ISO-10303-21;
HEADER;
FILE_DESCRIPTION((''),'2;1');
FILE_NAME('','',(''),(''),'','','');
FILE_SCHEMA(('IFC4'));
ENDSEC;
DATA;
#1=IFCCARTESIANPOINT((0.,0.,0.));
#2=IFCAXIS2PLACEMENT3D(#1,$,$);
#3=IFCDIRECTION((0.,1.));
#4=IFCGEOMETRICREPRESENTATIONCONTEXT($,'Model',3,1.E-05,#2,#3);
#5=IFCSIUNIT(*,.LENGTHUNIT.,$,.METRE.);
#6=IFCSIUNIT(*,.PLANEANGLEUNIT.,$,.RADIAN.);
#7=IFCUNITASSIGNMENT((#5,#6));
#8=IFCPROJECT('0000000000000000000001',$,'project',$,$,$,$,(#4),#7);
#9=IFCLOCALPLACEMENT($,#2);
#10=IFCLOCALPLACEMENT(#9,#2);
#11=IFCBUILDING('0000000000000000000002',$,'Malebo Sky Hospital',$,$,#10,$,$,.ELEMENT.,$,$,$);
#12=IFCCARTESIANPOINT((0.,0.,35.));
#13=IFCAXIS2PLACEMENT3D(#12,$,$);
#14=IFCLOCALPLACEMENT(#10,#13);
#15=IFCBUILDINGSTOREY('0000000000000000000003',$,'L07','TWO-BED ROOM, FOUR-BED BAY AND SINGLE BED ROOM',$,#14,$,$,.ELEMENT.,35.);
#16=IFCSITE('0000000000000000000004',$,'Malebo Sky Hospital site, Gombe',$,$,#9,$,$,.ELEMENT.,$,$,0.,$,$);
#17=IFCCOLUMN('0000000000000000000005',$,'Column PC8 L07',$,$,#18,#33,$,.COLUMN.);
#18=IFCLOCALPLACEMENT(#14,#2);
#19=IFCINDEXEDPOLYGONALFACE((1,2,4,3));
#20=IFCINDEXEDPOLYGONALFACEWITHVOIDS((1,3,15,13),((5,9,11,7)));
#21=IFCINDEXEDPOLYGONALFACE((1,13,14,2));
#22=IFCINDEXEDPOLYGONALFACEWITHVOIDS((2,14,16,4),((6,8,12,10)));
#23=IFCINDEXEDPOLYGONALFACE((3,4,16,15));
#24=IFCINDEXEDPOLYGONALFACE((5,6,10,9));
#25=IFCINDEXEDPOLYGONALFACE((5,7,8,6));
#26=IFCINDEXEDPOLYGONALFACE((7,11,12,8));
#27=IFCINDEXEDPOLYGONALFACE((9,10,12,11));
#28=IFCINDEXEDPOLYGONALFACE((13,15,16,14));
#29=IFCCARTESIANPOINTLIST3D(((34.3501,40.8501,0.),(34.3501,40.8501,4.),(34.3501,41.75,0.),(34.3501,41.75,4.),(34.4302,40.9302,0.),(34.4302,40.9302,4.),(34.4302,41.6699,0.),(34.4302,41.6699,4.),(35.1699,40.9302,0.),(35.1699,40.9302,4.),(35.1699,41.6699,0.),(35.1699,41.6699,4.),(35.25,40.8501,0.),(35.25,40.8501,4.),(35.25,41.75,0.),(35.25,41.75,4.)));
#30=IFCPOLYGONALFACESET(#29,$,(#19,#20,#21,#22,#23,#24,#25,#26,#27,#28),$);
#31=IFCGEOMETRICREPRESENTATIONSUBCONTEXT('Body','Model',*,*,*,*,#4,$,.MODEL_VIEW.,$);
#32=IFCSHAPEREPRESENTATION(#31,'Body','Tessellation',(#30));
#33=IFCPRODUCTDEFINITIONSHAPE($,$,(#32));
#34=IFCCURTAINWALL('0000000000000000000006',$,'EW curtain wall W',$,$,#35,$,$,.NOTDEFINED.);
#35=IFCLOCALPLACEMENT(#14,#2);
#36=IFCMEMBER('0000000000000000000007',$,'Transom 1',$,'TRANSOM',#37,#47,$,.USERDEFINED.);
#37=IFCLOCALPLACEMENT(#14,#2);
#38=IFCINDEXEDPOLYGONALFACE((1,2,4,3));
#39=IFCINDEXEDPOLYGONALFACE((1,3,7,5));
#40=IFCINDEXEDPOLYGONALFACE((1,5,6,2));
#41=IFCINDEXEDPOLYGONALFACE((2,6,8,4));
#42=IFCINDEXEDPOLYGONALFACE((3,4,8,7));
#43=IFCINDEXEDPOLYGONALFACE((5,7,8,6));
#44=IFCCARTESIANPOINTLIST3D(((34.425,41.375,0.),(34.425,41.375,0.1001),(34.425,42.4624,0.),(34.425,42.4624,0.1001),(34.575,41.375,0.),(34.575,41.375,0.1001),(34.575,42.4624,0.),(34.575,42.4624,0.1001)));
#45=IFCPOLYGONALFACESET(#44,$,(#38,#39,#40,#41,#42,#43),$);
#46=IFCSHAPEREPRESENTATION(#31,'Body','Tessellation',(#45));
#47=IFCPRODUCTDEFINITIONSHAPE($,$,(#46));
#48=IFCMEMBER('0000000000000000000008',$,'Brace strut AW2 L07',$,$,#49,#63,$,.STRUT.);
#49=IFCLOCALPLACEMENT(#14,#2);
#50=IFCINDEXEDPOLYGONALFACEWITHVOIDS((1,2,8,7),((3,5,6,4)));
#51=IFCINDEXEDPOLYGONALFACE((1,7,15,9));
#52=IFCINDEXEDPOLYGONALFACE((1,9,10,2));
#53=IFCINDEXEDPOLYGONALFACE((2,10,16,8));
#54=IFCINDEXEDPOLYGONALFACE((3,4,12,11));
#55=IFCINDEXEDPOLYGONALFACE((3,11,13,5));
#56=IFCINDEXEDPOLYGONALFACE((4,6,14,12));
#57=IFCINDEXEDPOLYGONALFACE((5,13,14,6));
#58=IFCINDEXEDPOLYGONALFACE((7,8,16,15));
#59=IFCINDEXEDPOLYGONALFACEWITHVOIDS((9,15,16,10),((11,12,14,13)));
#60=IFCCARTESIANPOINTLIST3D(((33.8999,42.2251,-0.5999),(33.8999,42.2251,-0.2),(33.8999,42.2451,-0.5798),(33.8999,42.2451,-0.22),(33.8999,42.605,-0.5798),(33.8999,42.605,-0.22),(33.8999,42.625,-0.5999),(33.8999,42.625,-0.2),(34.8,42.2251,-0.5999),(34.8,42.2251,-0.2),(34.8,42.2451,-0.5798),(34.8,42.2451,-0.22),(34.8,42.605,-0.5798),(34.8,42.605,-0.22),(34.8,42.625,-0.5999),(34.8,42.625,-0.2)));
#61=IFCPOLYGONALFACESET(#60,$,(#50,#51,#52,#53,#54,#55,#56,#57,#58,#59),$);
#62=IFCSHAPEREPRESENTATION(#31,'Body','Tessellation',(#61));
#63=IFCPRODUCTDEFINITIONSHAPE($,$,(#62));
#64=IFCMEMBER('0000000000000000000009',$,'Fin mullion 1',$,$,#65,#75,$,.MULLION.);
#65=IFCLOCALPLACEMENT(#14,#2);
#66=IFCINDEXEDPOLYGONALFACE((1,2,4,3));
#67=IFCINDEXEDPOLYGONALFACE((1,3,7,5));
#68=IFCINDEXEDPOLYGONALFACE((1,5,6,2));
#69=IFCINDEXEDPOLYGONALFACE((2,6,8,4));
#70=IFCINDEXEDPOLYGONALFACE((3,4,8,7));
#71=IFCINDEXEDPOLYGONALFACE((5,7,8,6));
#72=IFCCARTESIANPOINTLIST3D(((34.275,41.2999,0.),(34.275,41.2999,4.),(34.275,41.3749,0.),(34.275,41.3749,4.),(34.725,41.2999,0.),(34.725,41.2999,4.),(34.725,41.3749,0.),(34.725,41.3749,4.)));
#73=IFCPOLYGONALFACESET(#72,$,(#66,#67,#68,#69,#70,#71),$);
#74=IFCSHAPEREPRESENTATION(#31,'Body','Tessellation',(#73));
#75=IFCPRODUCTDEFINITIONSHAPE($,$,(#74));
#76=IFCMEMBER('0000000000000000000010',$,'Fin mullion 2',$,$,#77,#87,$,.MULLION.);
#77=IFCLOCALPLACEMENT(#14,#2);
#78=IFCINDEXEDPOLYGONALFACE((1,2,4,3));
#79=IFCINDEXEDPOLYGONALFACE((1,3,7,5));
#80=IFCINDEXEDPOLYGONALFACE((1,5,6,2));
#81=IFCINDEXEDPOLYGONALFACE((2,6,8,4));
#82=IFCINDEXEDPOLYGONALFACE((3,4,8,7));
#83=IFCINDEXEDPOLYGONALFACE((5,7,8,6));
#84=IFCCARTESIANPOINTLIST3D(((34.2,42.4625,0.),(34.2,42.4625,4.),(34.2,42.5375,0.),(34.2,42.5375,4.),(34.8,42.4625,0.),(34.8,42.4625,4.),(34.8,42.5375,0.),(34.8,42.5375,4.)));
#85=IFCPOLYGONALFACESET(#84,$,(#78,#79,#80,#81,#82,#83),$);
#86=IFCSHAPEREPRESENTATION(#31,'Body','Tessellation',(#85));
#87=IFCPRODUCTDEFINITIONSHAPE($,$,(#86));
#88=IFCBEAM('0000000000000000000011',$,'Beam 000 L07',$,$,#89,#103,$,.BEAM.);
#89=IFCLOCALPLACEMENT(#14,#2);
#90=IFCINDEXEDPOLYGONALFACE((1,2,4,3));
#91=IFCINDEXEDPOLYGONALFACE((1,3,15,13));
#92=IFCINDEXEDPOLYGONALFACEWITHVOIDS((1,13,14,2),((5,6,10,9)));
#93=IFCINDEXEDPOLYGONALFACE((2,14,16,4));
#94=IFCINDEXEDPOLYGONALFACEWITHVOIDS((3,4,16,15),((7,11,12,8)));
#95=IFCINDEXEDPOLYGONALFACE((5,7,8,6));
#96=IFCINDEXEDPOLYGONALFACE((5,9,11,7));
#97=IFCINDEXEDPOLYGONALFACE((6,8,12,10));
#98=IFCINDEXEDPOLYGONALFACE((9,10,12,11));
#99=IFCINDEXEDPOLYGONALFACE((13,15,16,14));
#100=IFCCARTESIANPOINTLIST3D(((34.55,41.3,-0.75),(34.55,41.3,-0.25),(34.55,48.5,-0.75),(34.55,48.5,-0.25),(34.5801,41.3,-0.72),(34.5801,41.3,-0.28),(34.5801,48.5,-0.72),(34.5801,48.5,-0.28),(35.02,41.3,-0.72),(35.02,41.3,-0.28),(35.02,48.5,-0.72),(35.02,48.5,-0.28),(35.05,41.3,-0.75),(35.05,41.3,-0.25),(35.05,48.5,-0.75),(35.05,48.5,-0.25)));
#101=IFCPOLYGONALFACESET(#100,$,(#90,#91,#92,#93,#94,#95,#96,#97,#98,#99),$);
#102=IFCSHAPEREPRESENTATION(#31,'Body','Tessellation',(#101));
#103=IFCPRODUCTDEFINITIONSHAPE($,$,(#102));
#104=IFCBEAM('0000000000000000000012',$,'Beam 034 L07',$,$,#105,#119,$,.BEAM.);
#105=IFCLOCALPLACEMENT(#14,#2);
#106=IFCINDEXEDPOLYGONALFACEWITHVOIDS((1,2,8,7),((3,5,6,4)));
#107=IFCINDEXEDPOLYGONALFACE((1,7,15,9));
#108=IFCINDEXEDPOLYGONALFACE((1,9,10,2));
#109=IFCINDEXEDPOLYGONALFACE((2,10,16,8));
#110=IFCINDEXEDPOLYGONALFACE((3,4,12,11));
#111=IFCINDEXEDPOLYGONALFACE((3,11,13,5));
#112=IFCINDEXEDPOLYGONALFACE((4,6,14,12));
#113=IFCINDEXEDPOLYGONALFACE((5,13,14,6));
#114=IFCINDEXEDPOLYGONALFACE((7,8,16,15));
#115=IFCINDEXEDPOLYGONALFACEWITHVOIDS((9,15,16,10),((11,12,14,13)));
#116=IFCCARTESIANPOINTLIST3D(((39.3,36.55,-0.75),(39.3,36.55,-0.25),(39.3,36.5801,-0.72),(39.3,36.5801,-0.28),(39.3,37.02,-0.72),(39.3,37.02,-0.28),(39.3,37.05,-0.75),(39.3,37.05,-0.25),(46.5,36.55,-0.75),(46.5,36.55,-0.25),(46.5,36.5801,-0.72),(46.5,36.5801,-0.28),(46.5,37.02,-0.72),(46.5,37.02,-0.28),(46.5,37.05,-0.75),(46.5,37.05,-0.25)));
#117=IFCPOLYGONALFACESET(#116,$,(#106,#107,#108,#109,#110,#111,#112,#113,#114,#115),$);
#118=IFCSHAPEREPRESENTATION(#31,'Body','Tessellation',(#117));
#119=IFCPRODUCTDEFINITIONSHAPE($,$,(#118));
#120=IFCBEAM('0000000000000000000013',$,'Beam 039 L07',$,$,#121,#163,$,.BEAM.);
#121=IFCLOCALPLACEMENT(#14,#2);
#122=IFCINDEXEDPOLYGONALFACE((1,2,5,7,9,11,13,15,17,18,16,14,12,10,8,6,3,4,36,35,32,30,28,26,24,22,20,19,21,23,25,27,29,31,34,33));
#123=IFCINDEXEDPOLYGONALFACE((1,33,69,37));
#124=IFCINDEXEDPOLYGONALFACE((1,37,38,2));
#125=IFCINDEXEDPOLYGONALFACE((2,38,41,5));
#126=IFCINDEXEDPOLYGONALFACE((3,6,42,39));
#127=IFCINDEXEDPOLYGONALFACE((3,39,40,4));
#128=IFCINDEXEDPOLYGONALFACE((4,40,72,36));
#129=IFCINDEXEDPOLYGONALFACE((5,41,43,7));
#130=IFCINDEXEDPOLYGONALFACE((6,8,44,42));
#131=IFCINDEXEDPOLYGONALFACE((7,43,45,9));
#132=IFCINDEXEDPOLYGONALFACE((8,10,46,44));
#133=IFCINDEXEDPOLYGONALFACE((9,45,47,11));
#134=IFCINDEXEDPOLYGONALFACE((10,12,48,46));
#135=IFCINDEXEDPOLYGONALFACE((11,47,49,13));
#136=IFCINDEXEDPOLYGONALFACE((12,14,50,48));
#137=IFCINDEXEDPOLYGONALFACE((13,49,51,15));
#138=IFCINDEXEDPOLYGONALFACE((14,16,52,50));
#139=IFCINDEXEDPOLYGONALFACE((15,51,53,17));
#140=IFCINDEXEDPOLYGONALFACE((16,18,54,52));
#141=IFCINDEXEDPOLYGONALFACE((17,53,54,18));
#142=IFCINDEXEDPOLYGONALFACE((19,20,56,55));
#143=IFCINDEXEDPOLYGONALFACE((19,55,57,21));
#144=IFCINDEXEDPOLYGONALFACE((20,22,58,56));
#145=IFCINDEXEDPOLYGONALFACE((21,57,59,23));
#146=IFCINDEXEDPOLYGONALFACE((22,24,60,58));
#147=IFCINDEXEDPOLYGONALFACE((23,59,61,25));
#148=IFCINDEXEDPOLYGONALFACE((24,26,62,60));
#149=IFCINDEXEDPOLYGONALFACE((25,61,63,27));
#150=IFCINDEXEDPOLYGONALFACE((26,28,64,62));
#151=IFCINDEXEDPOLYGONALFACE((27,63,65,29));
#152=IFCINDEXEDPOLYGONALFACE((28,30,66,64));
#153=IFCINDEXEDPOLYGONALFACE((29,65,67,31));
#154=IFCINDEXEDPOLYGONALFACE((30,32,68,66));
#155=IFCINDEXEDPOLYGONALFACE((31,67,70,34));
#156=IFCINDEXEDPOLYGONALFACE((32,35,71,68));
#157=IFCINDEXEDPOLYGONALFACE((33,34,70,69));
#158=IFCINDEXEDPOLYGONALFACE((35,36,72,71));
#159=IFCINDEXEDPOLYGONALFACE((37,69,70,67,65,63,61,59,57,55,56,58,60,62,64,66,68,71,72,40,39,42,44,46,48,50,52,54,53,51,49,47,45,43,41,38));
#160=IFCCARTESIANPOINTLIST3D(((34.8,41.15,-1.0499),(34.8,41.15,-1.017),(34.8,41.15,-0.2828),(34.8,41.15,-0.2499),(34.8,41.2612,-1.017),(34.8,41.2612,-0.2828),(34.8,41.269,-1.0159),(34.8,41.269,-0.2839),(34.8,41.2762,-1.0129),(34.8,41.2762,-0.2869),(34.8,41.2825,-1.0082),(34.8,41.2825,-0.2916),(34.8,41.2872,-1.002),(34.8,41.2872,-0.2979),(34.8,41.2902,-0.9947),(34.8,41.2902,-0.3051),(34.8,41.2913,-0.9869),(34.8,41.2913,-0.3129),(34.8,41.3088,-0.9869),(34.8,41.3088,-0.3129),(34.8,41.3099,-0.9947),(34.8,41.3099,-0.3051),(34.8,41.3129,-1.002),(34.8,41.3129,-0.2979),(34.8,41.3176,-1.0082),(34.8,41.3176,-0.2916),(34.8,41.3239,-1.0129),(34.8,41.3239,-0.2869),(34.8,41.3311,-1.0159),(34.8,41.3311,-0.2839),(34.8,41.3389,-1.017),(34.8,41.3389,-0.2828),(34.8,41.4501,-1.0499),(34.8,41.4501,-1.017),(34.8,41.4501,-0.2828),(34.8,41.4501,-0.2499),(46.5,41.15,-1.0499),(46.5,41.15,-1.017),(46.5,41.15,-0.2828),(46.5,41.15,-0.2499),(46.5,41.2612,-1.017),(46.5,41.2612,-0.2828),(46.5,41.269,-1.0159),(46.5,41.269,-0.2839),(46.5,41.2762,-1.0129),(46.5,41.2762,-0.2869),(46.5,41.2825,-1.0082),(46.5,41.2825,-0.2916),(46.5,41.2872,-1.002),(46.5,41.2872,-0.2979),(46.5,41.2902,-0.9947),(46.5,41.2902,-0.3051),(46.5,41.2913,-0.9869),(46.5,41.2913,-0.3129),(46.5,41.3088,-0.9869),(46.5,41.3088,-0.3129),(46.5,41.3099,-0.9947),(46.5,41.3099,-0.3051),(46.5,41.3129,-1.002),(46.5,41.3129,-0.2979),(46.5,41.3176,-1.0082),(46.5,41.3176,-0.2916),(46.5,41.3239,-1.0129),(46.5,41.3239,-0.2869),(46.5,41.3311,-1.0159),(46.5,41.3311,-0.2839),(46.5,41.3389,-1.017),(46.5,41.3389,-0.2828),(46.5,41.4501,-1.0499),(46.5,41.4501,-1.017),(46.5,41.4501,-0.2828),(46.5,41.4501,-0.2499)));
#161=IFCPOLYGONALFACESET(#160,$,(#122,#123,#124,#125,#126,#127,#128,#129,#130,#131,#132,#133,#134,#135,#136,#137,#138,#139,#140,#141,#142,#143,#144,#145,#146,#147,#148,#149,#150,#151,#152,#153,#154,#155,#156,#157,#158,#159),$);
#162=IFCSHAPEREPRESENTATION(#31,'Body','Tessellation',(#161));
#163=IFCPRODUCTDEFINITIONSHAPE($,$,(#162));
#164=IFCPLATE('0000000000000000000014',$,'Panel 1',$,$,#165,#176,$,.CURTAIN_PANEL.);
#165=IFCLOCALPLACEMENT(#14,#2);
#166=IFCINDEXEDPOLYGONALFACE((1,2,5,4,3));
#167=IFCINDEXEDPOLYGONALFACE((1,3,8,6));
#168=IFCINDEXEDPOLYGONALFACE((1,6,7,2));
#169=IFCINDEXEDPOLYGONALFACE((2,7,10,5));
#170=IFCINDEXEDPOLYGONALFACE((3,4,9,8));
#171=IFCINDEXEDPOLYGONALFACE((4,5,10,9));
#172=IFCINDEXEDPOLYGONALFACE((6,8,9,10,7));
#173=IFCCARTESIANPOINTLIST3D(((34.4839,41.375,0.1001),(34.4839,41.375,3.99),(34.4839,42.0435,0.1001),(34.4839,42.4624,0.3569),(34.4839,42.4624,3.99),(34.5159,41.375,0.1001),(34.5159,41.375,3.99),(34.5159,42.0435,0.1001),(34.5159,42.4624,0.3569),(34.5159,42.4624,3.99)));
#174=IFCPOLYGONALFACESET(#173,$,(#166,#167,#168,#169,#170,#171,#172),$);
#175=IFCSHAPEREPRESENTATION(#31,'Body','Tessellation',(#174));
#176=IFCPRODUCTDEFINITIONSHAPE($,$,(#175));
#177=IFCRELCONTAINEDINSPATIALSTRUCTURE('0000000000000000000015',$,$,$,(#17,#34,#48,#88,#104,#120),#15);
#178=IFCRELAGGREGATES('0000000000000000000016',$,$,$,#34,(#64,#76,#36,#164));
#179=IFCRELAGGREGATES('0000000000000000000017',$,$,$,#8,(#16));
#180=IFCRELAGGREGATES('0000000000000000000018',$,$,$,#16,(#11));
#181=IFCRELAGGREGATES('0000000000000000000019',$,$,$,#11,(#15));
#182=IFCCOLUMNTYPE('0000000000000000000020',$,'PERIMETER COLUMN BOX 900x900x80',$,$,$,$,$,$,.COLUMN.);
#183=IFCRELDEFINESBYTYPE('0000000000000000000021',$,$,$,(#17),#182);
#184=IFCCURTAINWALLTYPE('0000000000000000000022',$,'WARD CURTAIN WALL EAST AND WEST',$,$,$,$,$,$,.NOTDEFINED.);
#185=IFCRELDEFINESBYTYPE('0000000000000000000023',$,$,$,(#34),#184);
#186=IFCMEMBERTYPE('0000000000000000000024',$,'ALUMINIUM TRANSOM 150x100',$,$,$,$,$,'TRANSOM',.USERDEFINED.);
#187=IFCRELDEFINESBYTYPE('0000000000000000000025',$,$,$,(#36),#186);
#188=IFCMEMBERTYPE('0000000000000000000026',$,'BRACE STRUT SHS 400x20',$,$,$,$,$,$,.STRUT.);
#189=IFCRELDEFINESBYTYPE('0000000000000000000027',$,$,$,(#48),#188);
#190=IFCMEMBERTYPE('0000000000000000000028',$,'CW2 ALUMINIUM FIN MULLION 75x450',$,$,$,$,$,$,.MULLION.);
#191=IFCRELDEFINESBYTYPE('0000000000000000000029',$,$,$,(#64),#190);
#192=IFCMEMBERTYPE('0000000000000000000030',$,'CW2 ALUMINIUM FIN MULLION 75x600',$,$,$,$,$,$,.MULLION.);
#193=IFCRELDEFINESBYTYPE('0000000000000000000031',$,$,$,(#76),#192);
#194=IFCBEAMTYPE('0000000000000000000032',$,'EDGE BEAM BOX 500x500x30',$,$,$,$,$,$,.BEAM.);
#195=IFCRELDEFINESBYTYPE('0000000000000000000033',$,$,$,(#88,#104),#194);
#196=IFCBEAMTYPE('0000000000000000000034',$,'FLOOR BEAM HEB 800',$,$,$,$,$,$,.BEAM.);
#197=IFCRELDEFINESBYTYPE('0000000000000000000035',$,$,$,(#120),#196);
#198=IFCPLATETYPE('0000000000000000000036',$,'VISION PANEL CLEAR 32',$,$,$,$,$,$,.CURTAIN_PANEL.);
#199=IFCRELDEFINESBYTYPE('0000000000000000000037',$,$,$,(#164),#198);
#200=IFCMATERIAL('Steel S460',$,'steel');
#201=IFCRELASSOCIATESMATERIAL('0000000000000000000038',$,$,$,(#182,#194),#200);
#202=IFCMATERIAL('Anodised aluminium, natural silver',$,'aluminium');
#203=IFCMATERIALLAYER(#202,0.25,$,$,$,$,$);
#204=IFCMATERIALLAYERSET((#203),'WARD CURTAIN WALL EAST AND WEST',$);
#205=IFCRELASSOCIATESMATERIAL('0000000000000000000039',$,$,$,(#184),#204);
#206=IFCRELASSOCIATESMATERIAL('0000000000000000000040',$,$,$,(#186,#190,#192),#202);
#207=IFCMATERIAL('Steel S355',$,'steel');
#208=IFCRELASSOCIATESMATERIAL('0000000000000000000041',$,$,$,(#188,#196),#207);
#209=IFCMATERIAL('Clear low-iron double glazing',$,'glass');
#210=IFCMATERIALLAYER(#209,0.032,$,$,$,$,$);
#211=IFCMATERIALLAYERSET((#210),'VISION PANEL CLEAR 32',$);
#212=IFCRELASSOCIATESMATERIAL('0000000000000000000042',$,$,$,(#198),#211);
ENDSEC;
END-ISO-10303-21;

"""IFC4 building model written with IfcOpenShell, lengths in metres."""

from ifc_helpers import new_model, si_unit, direction, frame, origin, origin_2d, place, context, subcontext, project, spatial, polyline, rectangle, hollow_rectangle, i_section, outline, extrude, material, layer, layer_set, material_profile, profile_set, type_object, element, aggregate, save


model = new_model("IFC4")

# Units and contexts
model_context = context("Model", 3, precision=1e-05, world=origin(), true_north=direction((0.0, 1.0)))
body_context = subcontext(model_context, "Body", "Model", "MODEL_VIEW")
ifc_project = project(units=[si_unit("LENGTHUNIT", "METRE"), si_unit("PLANEANGLEUNIT", "RADIAN")], contexts=[model_context])

# Site, building, storey
site_placement = place(None, origin())
site = spatial("IfcSite", under=ifc_project, at=site_placement, Name="Malebo Sky Hospital site, Gombe", CompositionType="ELEMENT", RefElevation=0.0)
building_placement = place(site_placement, origin())
building = spatial("IfcBuilding", under=site, at=building_placement, Name="Malebo Sky Hospital", CompositionType="ELEMENT")
storey_placement = place(building_placement, frame((0.0, 0.0, 35.0)))
storey = spatial("IfcBuildingStorey", under=building, at=storey_placement, Name="L07", Description="TWO-BED ROOM, FOUR-BED BAY AND SINGLE BED ROOM", CompositionType="ELEMENT", Elevation=35.0)

# Column
ifc_material_1 = material(Name="Steel S460", Category="steel")
ifc_material_profile_1 = material_profile(ifc_material_1, hollow_rectangle(XDim=0.8999, YDim=0.8999, WallThickness=0.0801, at=origin_2d()), Name="BOX 900x900x80")
ifc_profile_set_1 = profile_set([ifc_material_profile_1], Name="Steel S460")
column_type = type_object("IfcColumnType", Name="PERIMETER COLUMN BOX 900x900x80", PredefinedType="COLUMN", material=ifc_profile_set_1)
column_placement = place(storey_placement, frame((34.8, 41.3, 0.0), z_axis=(0.0, 0.0, 1.0), x_axis=(1.0, 0.0, 0.0)))
element("IfcColumn", 1, at=column_placement, inside=storey, type_object=column_type, Name="Column PC8 L07", PredefinedType="COLUMN", context=body_context, shape_type="SweptSolid", body=[
    extrude(hollow_rectangle(XDim=0.8999, YDim=0.8999, WallThickness=0.0801, at=origin_2d()), origin(), (0.0, 0.0, 1.0), 4.0),
])

# Curtain wall, member
ifc_material_2 = material(Name="Anodised aluminium, natural silver", Category="aluminium")
ifc_layer_1 = layer(ifc_material_2, 0.25)
ifc_layer_set_1 = layer_set([ifc_layer_1], Name="WARD CURTAIN WALL EAST AND WEST")
curtain_wall_type = type_object("IfcCurtainWallType", Name="WARD CURTAIN WALL EAST AND WEST", PredefinedType="NOTDEFINED", material=ifc_layer_set_1)
curtain_wall_placement = place(storey_placement, origin())
curtain_wall = element("IfcCurtainWall", 2, at=curtain_wall_placement, inside=storey, type_object=curtain_wall_type, Name="EW curtain wall W", PredefinedType="NOTDEFINED")
ifc_material_profile_2 = material_profile(ifc_material_2, rectangle(XDim=0.1499, YDim=0.1001, at=origin_2d()), Name="ALUMINIUM TRANSOM 150x100")
ifc_profile_set_2 = profile_set([ifc_material_profile_2], Name="Anodised aluminium, natural silver")
member_type_1 = type_object("IfcMemberType", Name="ALUMINIUM TRANSOM 150x100", ElementType="TRANSOM", PredefinedType="USERDEFINED", material=ifc_profile_set_2)
member_1_placement = place(storey_placement, frame((34.5, 41.375, 0.05), z_axis=(0.0, 1.0, 0.0), x_axis=(-1.0, 0.0, 0.0)))
member_1 = element("IfcMember", 3, at=member_1_placement, type_object=member_type_1, Name="Transom 1", ObjectType="TRANSOM", PredefinedType="USERDEFINED", context=body_context, shape_type="SweptSolid", body=[
    extrude(rectangle(XDim=0.1499, YDim=0.1001, at=origin_2d()), origin(), (0.0, 0.0, 1.0), 1.0874),
])

# Members
ifc_material_3 = material(Name="Steel S355", Category="steel")
ifc_material_profile_3 = material_profile(ifc_material_3, hollow_rectangle(XDim=0.3999, YDim=0.3999, WallThickness=0.02, at=origin_2d()), Name="SHS 400x20")
ifc_profile_set_3 = profile_set([ifc_material_profile_3], Name="Steel S355")
member_type_2 = type_object("IfcMemberType", Name="BRACE STRUT SHS 400x20", PredefinedType="STRUT", material=ifc_profile_set_3)
member_2_placement = place(storey_placement, frame((33.8999, 42.425, -0.3999), z_axis=(1.0, 0.0, 0.0), x_axis=(0.0, 1.0, 0.0)))
element("IfcMember", 4, at=member_2_placement, inside=storey, type_object=member_type_2, Name="Brace strut AW2 L07", PredefinedType="STRUT", context=body_context, shape_type="SweptSolid", body=[
    extrude(hollow_rectangle(XDim=0.3999, YDim=0.3999, WallThickness=0.02, at=origin_2d()), origin(), (0.0, 0.0, 1.0), 0.9001),
])
ifc_material_profile_4 = material_profile(ifc_material_2, rectangle(XDim=0.075, YDim=0.45, at=origin_2d()), Name="CW2 ALUMINIUM FIN MULLION 75x450")
ifc_profile_set_4 = profile_set([ifc_material_profile_4], Name="Anodised aluminium, natural silver")
member_type_3 = type_object("IfcMemberType", Name="CW2 ALUMINIUM FIN MULLION 75x450", PredefinedType="MULLION", material=ifc_profile_set_4)
member_3_placement = place(storey_placement, frame((34.5, 41.3374, 0.0), z_axis=(0.0, 0.0, 1.0), x_axis=(0.0, 1.0, 0.0)))
member_3 = element("IfcMember", 5, at=member_3_placement, type_object=member_type_3, Name="Fin mullion 1", PredefinedType="MULLION", context=body_context, shape_type="SweptSolid", body=[
    extrude(rectangle(XDim=0.075, YDim=0.45, at=origin_2d()), origin(), (0.0, 0.0, 1.0), 4.0),
])
ifc_material_profile_5 = material_profile(ifc_material_2, rectangle(XDim=0.075, YDim=0.6001, at=origin_2d()), Name="CW2 ALUMINIUM FIN MULLION 75x600")
ifc_profile_set_5 = profile_set([ifc_material_profile_5], Name="Anodised aluminium, natural silver")
member_type_4 = type_object("IfcMemberType", Name="CW2 ALUMINIUM FIN MULLION 75x600", PredefinedType="MULLION", material=ifc_profile_set_5)
member_4_placement = place(storey_placement, frame((34.5, 42.5, 0.0), z_axis=(0.0, 0.0, 1.0), x_axis=(0.0, 1.0, 0.0)))
member_4 = element("IfcMember", 6, at=member_4_placement, type_object=member_type_4, Name="Fin mullion 2", PredefinedType="MULLION", context=body_context, shape_type="SweptSolid", body=[
    extrude(rectangle(XDim=0.075, YDim=0.6001, at=origin_2d()), origin(), (0.0, 0.0, 1.0), 4.0),
])

# Beams
ifc_material_profile_6 = material_profile(ifc_material_1, hollow_rectangle(XDim=0.5, YDim=0.5, WallThickness=0.03, at=origin_2d()), Name="BOX 500x500x30")
ifc_profile_set_6 = profile_set([ifc_material_profile_6], Name="Steel S460")
beam_type_1 = type_object("IfcBeamType", Name="EDGE BEAM BOX 500x500x30", PredefinedType="BEAM", material=ifc_profile_set_6)
for number, where, z_axis, x_axis, name in (
    (7, (34.8, 41.3, -0.5), (0.0, 1.0, 0.0), (-1.0, 0.0, 0.0), "Beam 000 L07"),
    (8, (39.3, 36.8, -0.5), (1.0, 0.0, 0.0), (0.0, 1.0, 0.0), "Beam 034 L07"),
):
    element("IfcBeam", number, at=place(storey_placement, frame(where, z_axis=z_axis, x_axis=x_axis)), inside=storey, type_object=beam_type_1, Name=name, PredefinedType="BEAM", context=body_context, shape_type="SweptSolid", body=[
        extrude(hollow_rectangle(XDim=0.5, YDim=0.5, WallThickness=0.03, at=origin_2d()), origin(), (0.0, 0.0, 1.0), 7.2),
    ])
ifc_material_profile_7 = material_profile(ifc_material_3, i_section(OverallWidth=0.3, OverallDepth=0.8, WebThickness=0.0176, FlangeThickness=0.033, FilletRadius=0.03, at=origin_2d()), Name="HEB 800")
ifc_profile_set_7 = profile_set([ifc_material_profile_7], Name="Steel S355")
beam_type_2 = type_object("IfcBeamType", Name="FLOOR BEAM HEB 800", PredefinedType="BEAM", material=ifc_profile_set_7)
beam_placement = place(storey_placement, frame((34.8, 41.3, -0.6499), z_axis=(1.0, 0.0, 0.0), x_axis=(0.0, 1.0, 0.0)))
element("IfcBeam", 9, at=beam_placement, inside=storey, type_object=beam_type_2, Name="Beam 039 L07", PredefinedType="BEAM", context=body_context, shape_type="SweptSolid", body=[
    extrude(i_section(OverallWidth=0.3, OverallDepth=0.8, WebThickness=0.0176, FlangeThickness=0.033, FilletRadius=0.03, at=origin_2d()), origin(), (0.0, 0.0, 1.0), 11.7),
])

# Plate
ifc_material_4 = material(Name="Clear low-iron double glazing", Category="glass")
ifc_layer_2 = layer(ifc_material_4, 0.032)
ifc_layer_set_2 = layer_set([ifc_layer_2], Name="VISION PANEL CLEAR 32")
plate_type = type_object("IfcPlateType", Name="VISION PANEL CLEAR 32", PredefinedType="CURTAIN_PANEL", material=ifc_layer_set_2)
plate_placement = place(storey_placement, frame((34.5, 41.9187, 0.1001), z_axis=(0.0, 0.0, 1.0), x_axis=(0.0, 1.0, 0.0)))
plate = element("IfcPlate", 10, at=plate_placement, type_object=plate_type, Name="Panel 1", PredefinedType="CURTAIN_PANEL", context=body_context, shape_type="SweptSolid", body=[
    extrude(outline(polyline([(-0.5437, 0.0), (0.1248, 0.0), (0.5437, 0.2568), (0.5437, 3.8899), (-0.5437, 3.8899), (-0.5437, 0.0)])), frame((0.0, 0.0161, 0.0), z_axis=(0.0, -1.0, 0.0), x_axis=(1.0, 0.0, 0.0)), (0.0, 0.0, 1.0), 0.032),
])
aggregate(curtain_wall, [member_3, member_4, member_1, plate])

save(model, "model.ifc")
